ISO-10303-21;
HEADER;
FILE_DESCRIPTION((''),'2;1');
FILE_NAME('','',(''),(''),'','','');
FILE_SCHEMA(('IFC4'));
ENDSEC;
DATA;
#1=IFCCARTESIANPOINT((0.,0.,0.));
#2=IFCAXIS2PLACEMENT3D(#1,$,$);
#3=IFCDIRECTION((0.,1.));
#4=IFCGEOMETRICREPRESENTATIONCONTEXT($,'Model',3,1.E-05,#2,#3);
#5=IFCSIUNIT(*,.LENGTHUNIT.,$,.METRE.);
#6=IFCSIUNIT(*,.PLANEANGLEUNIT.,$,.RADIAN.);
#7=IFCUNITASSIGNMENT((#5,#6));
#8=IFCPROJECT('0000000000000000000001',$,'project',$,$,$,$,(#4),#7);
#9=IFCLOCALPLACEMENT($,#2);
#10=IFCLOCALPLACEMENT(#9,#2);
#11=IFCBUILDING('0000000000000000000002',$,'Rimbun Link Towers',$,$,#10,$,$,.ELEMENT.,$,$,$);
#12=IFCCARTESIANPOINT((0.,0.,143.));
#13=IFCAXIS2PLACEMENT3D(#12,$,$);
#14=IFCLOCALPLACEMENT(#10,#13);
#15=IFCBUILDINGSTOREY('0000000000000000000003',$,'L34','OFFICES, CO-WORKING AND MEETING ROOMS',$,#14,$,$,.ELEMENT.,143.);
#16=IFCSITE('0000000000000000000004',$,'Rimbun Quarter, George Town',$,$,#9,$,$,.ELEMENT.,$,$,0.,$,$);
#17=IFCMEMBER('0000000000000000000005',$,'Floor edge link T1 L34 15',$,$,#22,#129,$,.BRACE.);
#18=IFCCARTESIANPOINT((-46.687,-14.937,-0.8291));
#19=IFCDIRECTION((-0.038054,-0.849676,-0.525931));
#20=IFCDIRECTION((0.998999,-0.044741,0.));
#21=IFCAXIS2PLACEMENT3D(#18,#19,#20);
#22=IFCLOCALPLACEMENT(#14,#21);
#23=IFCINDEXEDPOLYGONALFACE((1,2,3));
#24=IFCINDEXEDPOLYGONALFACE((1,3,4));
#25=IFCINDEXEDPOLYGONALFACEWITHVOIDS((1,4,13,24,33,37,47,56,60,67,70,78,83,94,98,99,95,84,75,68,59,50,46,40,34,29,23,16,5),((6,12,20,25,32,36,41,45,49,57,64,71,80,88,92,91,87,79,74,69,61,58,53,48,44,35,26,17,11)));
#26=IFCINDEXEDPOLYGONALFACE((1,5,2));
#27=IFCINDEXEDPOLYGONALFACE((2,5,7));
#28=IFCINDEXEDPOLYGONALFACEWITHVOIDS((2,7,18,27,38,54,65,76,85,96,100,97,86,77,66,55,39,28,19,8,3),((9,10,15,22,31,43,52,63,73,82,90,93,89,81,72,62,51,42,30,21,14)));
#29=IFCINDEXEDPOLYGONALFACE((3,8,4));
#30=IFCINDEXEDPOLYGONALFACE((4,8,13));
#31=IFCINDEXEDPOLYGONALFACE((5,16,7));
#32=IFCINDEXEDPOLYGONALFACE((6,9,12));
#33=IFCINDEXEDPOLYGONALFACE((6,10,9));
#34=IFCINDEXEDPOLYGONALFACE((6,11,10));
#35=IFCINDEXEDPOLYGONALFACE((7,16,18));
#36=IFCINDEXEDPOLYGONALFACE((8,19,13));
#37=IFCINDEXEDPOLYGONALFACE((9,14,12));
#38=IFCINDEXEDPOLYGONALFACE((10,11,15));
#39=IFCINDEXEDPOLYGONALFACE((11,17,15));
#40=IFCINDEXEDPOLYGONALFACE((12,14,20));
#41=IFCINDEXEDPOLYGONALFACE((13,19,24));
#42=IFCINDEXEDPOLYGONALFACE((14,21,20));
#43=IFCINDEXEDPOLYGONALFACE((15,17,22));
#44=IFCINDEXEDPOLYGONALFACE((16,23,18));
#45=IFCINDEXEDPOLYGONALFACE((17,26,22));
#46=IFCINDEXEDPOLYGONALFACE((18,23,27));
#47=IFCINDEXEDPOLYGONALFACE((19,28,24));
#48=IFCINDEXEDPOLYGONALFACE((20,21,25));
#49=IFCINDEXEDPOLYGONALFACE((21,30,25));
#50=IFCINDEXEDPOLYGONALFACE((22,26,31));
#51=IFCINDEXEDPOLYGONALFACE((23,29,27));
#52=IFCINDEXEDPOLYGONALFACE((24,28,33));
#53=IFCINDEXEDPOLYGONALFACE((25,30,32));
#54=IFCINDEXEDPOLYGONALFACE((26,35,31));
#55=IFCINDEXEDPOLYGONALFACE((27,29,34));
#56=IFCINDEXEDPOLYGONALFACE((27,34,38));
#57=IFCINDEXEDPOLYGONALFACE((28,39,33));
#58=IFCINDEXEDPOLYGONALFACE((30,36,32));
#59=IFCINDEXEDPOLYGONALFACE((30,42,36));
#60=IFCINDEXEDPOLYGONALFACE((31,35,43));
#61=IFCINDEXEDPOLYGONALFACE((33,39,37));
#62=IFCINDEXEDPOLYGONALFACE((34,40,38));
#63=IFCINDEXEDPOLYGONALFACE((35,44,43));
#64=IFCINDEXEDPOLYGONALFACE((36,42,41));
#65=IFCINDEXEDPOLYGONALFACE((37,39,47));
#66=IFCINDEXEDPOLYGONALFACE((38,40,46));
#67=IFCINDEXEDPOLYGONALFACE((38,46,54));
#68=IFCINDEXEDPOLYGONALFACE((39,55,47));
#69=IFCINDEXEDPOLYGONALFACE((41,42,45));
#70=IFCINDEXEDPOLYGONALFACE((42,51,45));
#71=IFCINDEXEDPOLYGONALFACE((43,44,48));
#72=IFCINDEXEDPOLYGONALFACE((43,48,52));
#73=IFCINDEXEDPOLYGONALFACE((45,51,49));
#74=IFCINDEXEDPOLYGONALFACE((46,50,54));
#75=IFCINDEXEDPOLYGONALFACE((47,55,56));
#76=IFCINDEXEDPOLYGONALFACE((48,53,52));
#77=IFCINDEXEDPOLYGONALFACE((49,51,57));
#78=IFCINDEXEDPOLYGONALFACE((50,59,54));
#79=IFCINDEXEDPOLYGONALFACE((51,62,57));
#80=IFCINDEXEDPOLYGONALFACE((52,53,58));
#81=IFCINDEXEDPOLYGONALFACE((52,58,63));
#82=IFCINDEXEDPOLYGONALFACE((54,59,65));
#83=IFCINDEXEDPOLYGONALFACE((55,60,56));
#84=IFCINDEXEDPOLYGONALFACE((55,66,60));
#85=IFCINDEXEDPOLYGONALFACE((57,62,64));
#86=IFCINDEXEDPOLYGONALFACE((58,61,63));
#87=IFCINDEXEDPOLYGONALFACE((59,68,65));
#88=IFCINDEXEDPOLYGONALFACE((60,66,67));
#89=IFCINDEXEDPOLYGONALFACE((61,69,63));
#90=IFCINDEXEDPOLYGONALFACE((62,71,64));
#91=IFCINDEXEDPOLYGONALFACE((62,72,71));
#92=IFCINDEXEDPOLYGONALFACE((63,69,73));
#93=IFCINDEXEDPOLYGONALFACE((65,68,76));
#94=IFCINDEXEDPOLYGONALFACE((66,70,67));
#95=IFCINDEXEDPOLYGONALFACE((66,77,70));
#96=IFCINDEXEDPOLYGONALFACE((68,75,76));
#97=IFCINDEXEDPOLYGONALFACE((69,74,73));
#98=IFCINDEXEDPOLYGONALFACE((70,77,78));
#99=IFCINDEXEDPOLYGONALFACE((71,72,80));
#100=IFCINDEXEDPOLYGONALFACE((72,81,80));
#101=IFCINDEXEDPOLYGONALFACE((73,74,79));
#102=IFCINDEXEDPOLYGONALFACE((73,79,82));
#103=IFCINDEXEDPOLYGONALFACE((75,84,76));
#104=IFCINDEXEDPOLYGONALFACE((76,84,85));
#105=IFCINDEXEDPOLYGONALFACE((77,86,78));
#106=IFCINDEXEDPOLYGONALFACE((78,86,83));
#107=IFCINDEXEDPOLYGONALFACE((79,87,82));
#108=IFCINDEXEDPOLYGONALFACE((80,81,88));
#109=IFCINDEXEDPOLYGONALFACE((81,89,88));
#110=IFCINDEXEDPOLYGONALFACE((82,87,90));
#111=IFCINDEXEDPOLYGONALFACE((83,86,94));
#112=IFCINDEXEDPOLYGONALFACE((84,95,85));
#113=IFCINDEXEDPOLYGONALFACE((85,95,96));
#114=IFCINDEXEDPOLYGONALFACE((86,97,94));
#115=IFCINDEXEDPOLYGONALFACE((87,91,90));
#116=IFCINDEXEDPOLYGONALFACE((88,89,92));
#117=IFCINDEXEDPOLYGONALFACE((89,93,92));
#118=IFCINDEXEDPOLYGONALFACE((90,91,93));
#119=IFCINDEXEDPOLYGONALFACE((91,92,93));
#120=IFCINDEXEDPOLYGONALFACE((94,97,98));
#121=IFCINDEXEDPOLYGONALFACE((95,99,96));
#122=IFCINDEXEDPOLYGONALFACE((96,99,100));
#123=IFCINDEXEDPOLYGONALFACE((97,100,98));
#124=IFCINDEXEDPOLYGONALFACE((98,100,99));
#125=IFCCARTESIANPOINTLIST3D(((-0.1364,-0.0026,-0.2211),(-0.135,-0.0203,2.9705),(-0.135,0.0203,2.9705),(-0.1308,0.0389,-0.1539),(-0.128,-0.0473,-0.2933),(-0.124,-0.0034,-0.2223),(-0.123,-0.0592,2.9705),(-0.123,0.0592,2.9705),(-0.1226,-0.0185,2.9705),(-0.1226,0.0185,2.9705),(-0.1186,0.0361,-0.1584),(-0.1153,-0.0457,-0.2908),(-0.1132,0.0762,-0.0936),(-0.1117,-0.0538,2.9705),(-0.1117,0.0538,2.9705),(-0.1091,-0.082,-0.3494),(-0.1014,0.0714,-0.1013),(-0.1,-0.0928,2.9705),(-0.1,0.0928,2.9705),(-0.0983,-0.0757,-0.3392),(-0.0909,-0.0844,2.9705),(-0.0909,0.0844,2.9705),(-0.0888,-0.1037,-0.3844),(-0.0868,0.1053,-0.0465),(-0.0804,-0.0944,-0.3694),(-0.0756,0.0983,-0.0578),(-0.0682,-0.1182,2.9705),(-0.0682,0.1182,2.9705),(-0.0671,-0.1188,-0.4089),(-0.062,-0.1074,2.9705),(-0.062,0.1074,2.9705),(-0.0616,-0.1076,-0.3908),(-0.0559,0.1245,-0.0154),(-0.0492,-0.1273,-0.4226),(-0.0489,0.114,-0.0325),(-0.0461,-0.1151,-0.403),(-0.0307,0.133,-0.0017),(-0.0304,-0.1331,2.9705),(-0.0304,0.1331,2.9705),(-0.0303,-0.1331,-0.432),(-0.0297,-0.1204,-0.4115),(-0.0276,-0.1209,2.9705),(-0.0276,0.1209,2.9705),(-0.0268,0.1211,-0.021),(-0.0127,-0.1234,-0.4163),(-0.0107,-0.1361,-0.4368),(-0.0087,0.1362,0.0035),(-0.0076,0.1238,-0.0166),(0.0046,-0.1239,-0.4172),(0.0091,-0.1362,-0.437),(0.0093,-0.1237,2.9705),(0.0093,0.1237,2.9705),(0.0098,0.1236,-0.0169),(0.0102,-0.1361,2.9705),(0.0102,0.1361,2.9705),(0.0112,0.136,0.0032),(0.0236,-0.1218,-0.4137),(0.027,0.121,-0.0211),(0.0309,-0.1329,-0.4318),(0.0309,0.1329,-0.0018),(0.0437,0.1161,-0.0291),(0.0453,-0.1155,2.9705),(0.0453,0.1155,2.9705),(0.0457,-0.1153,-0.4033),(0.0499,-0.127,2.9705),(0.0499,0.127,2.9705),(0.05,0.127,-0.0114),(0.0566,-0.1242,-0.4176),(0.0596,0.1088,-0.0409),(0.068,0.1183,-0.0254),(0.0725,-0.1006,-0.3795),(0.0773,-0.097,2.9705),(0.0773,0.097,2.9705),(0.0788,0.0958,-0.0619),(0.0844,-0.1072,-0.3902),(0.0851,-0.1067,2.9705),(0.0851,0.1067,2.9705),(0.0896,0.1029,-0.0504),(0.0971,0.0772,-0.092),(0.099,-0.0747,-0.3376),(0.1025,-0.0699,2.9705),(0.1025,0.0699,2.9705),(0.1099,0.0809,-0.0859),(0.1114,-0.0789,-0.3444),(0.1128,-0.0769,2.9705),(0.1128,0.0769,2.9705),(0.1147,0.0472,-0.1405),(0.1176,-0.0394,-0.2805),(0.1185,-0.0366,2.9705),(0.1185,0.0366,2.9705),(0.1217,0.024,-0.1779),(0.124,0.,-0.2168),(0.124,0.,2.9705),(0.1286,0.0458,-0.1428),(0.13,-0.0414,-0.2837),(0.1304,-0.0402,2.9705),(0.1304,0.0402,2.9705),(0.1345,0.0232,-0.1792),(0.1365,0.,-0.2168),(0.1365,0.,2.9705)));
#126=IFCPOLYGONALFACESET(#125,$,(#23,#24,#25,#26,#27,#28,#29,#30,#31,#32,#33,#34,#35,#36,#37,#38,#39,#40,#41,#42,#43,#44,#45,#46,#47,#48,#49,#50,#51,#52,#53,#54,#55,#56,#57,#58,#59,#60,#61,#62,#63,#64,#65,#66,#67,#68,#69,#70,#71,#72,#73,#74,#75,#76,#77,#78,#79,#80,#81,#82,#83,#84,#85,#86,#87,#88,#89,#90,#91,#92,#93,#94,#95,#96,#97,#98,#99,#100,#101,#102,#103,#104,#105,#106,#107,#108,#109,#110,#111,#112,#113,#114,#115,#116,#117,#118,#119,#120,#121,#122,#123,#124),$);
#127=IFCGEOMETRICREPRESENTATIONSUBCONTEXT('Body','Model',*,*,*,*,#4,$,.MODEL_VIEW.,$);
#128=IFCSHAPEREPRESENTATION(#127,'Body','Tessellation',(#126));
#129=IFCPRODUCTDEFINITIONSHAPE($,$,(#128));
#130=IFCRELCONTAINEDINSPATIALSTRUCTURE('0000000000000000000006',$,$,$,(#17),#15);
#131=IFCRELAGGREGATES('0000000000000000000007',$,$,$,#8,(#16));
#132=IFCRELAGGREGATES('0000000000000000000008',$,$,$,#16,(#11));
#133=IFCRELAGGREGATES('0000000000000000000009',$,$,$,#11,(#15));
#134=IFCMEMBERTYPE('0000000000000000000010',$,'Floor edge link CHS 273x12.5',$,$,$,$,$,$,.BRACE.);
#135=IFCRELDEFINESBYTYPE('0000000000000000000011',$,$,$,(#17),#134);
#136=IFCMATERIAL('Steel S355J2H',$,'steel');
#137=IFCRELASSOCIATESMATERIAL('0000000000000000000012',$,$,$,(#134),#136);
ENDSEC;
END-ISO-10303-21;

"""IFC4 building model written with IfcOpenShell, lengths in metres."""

from ifc_helpers import new_model, si_unit, direction, frame, origin, origin_2d, place, context, subcontext, project, spatial, hollow_circle, extrude, clip, halfspace, material, material_profile, profile_set, type_object, element, save


model = new_model("IFC4")

# Units and contexts
model_context = context("Model", 3, precision=1e-05, world=origin(), true_north=direction((0.0, 1.0)))
body_context = subcontext(model_context, "Body", "Model", "MODEL_VIEW")
ifc_project = project(units=[si_unit("LENGTHUNIT", "METRE"), si_unit("PLANEANGLEUNIT", "RADIAN")], contexts=[model_context])

# Site, building, storey
site_placement = place(None, origin())
site = spatial("IfcSite", under=ifc_project, at=site_placement, Name="Rimbun Quarter, George Town", CompositionType="ELEMENT", RefElevation=0.0)
building_placement = place(site_placement, origin())
building = spatial("IfcBuilding", under=site, at=building_placement, Name="Rimbun Link Towers", CompositionType="ELEMENT")
storey_placement = place(building_placement, frame((0.0, 0.0, 143.0)))
storey = spatial("IfcBuildingStorey", under=building, at=storey_placement, Name="L34", Description="OFFICES, CO-WORKING AND MEETING ROOMS", CompositionType="ELEMENT", Elevation=143.0)

# Member
ifc_material_1 = material(Name="Steel S355J2H", Category="steel")
ifc_material_profile_1 = material_profile(ifc_material_1, hollow_circle(Radius=0.1365, WallThickness=0.0125, at=origin_2d()), Name="CHS 273x12.5")
ifc_profile_set_1 = profile_set([ifc_material_profile_1], Name="Steel S355J2H")
member_type_1 = type_object("IfcMemberType", Name="Floor edge link CHS 273x12.5", PredefinedType="BRACE", material=ifc_profile_set_1)
member_1_placement = place(storey_placement, frame((-46.687, -14.937, -0.8291), z_axis=(-0.038054, -0.849676, -0.525931), x_axis=(0.998999, -0.044741, 0.0)))
element("IfcMember", 1, at=member_1_placement, inside=storey, type_object=member_type_1, Name="Floor edge link T1 L34 15", PredefinedType="BRACE", context=body_context, shape_type="Clipping", body=[
    clip(extrude(hollow_circle(Radius=0.1365, WallThickness=0.0125, at=origin_2d()), frame((0.0, 0.0, -0.4604)), (0.0, 0.0, 1.0), 3.4309), halfspace(frame((0.0, 0.0, -0.2168), z_axis=(0.0, 0.850527, -0.525931)), False)),
])

save(model, "model.ifc")
